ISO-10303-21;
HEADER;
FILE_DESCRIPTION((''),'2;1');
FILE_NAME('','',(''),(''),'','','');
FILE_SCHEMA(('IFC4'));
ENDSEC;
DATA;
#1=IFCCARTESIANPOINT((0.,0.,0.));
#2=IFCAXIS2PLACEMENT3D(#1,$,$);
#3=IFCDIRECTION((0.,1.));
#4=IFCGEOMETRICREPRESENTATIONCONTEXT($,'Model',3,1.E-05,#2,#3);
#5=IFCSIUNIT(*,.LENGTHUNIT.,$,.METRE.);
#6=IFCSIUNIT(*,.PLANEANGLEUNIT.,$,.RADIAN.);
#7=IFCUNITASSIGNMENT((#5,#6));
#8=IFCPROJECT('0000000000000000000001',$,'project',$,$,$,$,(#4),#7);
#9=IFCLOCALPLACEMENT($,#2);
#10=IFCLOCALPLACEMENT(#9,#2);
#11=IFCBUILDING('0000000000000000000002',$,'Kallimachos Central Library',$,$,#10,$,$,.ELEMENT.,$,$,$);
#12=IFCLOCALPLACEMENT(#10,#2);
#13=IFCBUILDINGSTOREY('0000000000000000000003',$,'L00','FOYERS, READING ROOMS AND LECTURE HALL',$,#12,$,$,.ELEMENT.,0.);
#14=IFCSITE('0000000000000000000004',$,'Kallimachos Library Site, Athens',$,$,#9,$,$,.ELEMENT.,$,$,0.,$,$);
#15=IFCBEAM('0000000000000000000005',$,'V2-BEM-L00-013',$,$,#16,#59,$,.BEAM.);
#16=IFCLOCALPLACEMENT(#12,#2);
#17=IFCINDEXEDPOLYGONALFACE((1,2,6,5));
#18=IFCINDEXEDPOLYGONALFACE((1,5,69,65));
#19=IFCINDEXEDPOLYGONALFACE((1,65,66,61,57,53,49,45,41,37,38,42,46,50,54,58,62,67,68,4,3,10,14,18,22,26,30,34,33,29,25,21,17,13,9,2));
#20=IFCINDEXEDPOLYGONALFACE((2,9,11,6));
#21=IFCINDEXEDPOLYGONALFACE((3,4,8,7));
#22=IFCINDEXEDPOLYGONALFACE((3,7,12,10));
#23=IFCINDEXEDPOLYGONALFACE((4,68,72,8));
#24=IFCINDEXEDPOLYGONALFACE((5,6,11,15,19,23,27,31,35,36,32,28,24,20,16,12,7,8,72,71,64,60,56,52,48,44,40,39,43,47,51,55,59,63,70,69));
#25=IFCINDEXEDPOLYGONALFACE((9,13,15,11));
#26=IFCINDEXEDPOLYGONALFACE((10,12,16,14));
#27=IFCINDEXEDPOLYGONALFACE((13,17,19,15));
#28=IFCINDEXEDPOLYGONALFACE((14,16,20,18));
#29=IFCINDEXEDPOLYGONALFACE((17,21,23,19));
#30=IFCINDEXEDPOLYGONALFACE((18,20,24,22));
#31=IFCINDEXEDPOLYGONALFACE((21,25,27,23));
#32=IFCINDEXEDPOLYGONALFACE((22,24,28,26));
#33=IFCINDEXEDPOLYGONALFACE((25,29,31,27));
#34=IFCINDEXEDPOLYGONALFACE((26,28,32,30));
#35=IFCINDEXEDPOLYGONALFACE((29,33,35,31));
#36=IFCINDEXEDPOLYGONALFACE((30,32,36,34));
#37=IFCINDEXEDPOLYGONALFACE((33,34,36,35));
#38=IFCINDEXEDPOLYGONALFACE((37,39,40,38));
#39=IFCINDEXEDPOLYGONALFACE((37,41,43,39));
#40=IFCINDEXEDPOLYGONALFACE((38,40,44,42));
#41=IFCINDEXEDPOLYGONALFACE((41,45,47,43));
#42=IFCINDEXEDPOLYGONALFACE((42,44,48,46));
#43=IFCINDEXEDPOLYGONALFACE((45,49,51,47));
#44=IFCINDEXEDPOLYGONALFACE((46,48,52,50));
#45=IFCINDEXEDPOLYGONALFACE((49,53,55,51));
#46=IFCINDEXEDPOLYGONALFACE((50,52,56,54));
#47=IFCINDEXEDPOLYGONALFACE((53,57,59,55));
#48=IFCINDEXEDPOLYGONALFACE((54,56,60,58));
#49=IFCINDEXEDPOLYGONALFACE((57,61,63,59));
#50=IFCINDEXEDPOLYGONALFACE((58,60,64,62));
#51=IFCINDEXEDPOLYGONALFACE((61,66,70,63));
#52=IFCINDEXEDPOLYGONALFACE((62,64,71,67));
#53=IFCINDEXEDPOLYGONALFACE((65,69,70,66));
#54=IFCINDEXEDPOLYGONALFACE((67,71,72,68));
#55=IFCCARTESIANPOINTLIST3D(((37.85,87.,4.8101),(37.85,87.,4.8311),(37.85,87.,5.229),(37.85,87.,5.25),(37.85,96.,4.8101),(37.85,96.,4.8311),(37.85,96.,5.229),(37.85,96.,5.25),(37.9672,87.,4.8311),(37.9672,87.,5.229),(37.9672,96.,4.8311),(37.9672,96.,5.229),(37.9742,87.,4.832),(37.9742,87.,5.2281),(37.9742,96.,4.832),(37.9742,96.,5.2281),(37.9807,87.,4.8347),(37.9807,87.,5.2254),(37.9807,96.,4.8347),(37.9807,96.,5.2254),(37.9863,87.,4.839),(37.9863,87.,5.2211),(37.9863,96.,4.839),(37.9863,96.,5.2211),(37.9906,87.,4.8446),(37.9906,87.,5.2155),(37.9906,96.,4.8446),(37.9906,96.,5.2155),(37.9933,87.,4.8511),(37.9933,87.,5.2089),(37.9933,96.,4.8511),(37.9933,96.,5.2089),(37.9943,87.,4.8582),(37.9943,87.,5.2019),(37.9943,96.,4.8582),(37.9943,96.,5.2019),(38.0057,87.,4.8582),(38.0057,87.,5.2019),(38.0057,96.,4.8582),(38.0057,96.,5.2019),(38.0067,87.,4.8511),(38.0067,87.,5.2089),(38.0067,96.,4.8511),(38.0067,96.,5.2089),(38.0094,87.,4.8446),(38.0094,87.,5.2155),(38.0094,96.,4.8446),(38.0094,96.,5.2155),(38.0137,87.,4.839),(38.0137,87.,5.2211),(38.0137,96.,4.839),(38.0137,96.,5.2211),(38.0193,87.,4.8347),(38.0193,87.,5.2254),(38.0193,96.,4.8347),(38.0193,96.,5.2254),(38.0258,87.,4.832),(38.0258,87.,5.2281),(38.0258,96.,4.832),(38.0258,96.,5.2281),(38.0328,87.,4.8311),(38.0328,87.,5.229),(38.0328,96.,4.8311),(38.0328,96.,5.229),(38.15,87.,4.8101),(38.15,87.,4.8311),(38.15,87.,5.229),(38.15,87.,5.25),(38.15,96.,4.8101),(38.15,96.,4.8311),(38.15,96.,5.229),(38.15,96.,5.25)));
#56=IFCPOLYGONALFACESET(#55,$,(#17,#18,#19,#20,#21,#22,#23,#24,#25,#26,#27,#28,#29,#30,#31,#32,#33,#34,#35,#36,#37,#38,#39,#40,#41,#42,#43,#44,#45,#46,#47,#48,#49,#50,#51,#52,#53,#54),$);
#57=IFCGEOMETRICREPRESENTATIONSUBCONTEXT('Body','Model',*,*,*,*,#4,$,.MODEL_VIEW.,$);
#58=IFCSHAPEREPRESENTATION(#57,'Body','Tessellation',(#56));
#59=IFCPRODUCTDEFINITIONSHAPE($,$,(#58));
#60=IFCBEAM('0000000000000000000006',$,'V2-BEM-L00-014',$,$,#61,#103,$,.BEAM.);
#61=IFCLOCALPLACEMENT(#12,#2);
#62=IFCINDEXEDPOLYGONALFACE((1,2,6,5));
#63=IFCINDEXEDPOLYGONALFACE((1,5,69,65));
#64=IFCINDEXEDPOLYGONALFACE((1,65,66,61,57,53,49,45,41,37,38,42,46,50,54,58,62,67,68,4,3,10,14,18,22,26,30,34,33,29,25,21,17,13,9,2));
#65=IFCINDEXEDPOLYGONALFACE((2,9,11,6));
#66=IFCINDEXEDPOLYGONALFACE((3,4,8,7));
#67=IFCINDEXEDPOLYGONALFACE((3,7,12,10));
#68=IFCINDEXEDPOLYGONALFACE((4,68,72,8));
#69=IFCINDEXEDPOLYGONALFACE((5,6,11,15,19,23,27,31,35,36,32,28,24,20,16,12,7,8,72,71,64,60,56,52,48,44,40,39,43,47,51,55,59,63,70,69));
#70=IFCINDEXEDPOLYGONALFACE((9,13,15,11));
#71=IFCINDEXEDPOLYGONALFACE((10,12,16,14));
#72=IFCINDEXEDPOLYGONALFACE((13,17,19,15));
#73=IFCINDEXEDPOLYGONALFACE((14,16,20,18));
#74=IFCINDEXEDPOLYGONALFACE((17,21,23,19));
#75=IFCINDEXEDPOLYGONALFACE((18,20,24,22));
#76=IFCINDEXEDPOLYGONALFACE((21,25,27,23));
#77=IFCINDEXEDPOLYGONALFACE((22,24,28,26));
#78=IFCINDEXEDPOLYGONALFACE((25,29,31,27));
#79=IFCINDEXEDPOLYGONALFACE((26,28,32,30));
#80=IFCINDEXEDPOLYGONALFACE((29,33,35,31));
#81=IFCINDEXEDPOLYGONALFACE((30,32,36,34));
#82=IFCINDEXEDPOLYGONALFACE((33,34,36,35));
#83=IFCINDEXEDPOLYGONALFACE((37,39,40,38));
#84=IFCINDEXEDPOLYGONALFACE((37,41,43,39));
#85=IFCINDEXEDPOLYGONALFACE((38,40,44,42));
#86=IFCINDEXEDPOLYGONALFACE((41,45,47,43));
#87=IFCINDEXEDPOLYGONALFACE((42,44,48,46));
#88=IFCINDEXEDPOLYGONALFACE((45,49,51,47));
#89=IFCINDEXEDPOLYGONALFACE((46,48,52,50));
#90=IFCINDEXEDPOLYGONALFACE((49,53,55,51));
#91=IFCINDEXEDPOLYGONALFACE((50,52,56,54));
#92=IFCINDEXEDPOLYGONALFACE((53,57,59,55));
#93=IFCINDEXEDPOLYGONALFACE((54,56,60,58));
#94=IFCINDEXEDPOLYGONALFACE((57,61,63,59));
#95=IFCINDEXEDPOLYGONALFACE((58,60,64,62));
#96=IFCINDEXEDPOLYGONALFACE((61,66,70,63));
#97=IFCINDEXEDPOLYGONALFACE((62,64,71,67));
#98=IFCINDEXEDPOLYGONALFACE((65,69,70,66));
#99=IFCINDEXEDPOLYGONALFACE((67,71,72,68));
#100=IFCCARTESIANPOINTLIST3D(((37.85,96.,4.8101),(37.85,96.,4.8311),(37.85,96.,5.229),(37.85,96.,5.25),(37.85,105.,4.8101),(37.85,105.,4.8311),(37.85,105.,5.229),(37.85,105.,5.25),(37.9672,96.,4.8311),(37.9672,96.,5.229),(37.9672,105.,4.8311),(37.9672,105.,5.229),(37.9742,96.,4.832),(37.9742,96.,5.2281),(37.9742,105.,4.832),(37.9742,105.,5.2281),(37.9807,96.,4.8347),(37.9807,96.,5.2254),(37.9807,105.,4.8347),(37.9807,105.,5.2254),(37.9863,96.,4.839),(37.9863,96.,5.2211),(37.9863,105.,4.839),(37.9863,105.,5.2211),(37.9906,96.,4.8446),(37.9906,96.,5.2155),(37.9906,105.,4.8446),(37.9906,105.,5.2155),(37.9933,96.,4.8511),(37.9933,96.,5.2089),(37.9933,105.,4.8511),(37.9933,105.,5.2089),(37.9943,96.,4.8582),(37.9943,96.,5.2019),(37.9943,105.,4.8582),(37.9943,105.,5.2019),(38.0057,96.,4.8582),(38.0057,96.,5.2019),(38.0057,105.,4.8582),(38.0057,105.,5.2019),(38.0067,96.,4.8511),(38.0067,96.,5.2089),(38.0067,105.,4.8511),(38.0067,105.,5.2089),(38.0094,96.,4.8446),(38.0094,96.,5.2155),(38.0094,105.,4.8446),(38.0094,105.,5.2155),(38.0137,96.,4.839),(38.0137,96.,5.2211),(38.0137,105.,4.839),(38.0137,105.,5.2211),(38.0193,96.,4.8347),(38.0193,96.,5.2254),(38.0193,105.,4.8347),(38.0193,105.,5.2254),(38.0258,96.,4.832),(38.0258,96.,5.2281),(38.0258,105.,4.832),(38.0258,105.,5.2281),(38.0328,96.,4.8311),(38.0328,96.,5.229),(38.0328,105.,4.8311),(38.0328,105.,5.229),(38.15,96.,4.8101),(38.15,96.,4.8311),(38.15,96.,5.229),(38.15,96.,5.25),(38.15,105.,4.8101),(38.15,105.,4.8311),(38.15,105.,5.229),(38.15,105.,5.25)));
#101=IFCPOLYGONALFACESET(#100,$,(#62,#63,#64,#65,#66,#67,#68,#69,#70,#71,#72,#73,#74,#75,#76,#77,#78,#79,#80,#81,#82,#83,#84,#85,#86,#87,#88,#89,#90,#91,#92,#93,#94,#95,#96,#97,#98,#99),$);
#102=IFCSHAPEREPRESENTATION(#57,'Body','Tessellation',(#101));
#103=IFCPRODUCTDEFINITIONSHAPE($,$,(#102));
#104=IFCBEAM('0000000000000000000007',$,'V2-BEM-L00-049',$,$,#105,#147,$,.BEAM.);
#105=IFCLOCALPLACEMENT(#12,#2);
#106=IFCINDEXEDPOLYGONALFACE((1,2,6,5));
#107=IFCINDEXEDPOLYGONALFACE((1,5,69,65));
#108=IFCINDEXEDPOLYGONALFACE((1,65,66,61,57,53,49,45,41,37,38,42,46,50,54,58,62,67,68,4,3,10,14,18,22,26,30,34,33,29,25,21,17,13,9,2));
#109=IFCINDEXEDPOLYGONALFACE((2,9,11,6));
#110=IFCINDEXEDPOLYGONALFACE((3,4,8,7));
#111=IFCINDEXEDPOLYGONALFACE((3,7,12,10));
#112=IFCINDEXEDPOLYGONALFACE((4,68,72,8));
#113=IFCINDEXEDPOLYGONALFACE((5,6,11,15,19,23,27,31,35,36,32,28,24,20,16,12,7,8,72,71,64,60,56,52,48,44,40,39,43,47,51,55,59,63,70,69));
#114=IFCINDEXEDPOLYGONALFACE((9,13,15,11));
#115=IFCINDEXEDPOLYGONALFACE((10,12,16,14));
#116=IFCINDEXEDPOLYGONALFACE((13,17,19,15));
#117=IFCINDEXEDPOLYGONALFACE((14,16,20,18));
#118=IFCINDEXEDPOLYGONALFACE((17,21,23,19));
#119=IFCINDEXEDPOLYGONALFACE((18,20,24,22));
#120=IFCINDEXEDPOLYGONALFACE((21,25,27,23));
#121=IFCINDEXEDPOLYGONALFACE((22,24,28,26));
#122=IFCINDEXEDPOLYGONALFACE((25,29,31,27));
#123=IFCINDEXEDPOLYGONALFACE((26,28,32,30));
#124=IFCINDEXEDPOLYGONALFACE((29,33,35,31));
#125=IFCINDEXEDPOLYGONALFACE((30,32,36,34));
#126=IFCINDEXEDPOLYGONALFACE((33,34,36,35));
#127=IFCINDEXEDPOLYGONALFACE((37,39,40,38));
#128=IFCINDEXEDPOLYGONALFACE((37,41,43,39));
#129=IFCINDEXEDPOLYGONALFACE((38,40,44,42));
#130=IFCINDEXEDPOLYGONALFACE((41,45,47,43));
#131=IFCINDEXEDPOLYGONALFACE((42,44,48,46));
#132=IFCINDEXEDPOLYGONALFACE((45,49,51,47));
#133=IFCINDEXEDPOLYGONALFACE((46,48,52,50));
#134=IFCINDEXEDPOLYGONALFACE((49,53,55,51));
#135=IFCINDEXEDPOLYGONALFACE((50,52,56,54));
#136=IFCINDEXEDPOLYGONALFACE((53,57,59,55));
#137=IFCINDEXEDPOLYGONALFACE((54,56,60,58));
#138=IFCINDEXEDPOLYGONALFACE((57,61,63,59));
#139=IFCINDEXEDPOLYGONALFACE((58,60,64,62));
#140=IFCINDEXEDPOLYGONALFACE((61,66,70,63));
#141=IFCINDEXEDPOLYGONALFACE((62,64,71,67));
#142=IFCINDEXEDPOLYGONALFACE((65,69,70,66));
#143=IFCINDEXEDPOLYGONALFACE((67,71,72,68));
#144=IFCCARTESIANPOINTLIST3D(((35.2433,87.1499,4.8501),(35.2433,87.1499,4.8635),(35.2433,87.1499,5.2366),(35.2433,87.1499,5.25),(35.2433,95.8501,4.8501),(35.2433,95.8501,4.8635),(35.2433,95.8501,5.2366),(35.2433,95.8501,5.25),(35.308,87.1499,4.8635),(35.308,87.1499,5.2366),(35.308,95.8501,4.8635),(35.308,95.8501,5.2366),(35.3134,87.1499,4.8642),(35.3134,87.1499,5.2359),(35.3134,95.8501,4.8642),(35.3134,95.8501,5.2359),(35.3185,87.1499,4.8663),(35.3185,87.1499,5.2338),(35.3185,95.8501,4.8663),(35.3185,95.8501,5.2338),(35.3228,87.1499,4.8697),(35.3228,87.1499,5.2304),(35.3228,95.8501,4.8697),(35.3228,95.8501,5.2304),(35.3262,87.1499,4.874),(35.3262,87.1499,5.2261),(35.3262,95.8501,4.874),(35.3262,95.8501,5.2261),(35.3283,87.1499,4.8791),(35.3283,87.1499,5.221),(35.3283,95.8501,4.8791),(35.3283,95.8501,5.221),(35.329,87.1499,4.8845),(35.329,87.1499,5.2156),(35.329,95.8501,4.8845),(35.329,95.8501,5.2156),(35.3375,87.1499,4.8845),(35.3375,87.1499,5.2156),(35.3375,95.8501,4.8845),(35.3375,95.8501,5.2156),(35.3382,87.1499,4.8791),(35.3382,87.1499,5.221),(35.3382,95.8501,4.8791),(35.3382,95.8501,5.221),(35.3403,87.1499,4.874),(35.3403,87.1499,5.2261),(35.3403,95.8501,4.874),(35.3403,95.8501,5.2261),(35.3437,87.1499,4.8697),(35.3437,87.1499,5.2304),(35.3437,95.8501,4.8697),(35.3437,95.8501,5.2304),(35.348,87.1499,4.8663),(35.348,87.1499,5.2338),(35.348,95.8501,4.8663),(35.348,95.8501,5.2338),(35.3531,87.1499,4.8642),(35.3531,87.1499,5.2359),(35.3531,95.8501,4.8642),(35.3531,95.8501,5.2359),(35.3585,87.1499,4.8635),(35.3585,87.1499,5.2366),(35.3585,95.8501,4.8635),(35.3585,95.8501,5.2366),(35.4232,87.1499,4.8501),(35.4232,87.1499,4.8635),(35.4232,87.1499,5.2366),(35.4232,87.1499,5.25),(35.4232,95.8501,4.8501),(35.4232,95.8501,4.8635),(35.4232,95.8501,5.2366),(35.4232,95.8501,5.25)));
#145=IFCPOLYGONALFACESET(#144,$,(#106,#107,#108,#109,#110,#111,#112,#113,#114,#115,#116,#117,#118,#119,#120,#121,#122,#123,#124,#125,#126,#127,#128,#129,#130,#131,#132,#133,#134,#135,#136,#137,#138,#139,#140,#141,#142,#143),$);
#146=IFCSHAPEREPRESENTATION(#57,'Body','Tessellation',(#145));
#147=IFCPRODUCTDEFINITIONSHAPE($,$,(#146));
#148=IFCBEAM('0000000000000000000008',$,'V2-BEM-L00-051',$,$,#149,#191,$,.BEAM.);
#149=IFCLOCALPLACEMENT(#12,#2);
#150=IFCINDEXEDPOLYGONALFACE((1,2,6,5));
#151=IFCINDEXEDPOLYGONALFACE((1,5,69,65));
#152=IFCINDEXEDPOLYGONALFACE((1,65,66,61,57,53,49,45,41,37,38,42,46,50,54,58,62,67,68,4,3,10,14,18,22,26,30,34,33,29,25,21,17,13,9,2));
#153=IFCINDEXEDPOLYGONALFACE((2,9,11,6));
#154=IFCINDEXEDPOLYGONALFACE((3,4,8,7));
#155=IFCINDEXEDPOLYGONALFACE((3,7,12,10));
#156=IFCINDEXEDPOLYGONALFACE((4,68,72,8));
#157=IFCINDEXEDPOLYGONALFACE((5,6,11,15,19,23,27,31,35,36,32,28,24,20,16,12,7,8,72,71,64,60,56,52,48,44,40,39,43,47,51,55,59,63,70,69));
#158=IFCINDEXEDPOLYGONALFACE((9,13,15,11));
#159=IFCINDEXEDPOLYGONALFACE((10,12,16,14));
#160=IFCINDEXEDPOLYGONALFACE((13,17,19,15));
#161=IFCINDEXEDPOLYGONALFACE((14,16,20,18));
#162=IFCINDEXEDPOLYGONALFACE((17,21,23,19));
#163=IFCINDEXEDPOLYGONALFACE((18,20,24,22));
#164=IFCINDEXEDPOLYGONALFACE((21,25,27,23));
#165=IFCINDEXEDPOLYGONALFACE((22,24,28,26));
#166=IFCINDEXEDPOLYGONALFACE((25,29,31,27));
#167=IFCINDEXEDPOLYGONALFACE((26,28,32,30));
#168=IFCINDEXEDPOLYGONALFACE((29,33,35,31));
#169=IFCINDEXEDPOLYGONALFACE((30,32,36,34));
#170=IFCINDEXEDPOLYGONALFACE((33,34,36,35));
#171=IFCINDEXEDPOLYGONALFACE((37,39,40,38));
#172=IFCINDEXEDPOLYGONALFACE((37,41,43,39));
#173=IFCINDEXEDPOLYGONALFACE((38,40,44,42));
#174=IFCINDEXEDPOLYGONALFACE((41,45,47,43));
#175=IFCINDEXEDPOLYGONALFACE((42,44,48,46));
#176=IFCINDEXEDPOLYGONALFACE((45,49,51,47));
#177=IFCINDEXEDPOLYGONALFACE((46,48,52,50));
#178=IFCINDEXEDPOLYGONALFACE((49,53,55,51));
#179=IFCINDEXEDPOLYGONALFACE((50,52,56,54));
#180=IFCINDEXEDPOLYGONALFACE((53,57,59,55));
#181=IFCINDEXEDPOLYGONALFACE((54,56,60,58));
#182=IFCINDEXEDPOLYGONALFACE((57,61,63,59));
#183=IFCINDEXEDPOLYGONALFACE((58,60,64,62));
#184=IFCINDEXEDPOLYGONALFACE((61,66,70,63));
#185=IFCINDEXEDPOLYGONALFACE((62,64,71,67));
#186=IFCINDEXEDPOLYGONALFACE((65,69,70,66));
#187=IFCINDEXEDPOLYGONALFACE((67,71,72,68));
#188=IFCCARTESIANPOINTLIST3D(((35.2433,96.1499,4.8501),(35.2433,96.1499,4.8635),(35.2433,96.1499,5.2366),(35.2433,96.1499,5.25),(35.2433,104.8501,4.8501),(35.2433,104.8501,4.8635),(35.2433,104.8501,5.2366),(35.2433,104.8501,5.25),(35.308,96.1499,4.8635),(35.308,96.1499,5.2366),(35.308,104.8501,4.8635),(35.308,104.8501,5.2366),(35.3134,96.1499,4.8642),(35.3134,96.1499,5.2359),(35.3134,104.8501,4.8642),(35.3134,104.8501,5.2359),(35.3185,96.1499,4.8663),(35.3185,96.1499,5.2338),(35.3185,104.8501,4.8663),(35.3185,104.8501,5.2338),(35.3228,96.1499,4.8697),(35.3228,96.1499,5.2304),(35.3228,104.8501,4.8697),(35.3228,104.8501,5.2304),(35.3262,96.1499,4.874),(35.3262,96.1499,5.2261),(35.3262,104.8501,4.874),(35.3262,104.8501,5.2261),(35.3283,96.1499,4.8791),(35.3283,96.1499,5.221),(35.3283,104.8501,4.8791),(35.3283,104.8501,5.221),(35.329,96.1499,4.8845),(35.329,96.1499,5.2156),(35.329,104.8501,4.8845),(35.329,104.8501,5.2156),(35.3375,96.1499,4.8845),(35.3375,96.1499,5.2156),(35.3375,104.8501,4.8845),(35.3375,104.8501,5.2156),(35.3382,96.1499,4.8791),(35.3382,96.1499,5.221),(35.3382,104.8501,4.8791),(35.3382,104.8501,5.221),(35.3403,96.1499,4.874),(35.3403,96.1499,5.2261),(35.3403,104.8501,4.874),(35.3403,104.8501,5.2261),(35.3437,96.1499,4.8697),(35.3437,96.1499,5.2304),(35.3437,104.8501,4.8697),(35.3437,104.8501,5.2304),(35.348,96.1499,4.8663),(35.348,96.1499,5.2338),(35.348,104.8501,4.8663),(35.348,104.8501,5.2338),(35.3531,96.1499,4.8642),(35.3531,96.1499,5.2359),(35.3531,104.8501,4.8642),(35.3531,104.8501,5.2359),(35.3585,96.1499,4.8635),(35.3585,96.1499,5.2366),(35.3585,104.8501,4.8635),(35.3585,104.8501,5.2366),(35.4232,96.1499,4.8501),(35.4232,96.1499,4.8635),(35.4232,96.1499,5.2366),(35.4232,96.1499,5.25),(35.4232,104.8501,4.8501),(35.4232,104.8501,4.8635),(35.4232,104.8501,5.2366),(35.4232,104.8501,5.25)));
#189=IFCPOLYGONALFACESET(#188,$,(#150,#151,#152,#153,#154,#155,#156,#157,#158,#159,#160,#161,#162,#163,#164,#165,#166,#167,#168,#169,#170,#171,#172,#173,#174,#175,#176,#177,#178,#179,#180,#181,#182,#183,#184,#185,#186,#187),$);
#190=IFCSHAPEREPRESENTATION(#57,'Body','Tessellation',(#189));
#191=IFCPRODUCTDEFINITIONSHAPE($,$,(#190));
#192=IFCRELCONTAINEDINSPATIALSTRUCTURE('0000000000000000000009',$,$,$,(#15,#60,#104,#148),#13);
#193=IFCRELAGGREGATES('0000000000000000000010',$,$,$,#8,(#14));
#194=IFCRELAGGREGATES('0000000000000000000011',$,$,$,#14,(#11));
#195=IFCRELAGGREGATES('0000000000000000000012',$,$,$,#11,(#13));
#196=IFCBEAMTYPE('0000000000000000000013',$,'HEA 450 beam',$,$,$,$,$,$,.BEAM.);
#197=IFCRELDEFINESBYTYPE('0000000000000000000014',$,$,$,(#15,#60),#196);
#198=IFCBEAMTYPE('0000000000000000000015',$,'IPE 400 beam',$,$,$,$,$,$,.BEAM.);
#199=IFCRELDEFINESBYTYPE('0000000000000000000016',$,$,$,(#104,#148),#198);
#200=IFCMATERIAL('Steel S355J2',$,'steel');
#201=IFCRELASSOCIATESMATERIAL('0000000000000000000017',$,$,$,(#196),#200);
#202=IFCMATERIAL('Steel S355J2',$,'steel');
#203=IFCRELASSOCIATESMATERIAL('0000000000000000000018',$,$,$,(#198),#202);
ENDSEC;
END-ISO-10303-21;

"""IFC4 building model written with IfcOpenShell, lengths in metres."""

from ifc_helpers import new_model, si_unit, direction, frame, origin, origin_2d, place, context, subcontext, project, spatial, i_section, extrude, material, material_profile, profile_set, type_object, element, save


model = new_model("IFC4")

# Units and contexts
model_context = context("Model", 3, precision=1e-05, world=origin(), true_north=direction((0.0, 1.0)))
body_context = subcontext(model_context, "Body", "Model", "MODEL_VIEW")
ifc_project = project(units=[si_unit("LENGTHUNIT", "METRE"), si_unit("PLANEANGLEUNIT", "RADIAN")], contexts=[model_context])

# Site, building, storey
site_placement = place(None, origin())
site = spatial("IfcSite", under=ifc_project, at=site_placement, Name="Kallimachos Library Site, Athens", CompositionType="ELEMENT", RefElevation=0.0)
building_placement = place(site_placement, origin())
building = spatial("IfcBuilding", under=site, at=building_placement, Name="Kallimachos Central Library", CompositionType="ELEMENT")
storey_placement = place(building_placement, origin())
storey = spatial("IfcBuildingStorey", under=building, at=storey_placement, Name="L00", Description="FOYERS, READING ROOMS AND LECTURE HALL", CompositionType="ELEMENT", Elevation=0.0)

# Beams
ifc_material_1 = material(Name="Steel S355J2", Category="steel")
ifc_material_profile_1 = material_profile(ifc_material_1, i_section(OverallWidth=0.3, OverallDepth=0.4399, WebThickness=0.0115, FlangeThickness=0.021, FilletRadius=0.0271, at=origin_2d()), Name="HEA 450")
ifc_profile_set_1 = profile_set([ifc_material_profile_1], Name="Steel S355J2")
beam_type_1 = type_object("IfcBeamType", Name="HEA 450 beam", PredefinedType="BEAM", material=ifc_profile_set_1)
for number, where, z_axis, x_axis, name in (
    (1, (38.0, 87.0, 5.03), (0.0, 1.0, 0.0), (-1.0, 0.0, 0.0), "V2-BEM-L00-013"),
    (2, (38.0, 96.0, 5.03), (0.0, 1.0, 0.0), (-1.0, 0.0, 0.0), "V2-BEM-L00-014"),
):
    element("IfcBeam", number, at=place(storey_placement, frame(where, z_axis=z_axis, x_axis=x_axis)), inside=storey, type_object=beam_type_1, Name=name, PredefinedType="BEAM", context=body_context, shape_type="SweptSolid", body=[
        extrude(i_section(OverallWidth=0.3, OverallDepth=0.4399, WebThickness=0.0115, FlangeThickness=0.021, FilletRadius=0.0271, at=origin_2d()), origin(), (0.0, 0.0, 1.0), 9.0),
    ])
ifc_material_2 = material(Name="Steel S355J2", Category="steel")
ifc_material_profile_2 = material_profile(ifc_material_2, i_section(OverallWidth=0.1799, OverallDepth=0.3999, WebThickness=0.0085, FlangeThickness=0.0134, FilletRadius=0.021, at=origin_2d()), Name="IPE 400")
ifc_profile_set_2 = profile_set([ifc_material_profile_2], Name="Steel S355J2")
beam_type_2 = type_object("IfcBeamType", Name="IPE 400 beam", PredefinedType="BEAM", material=ifc_profile_set_2)
for number, where, z_axis, x_axis, name in (
    (3, (35.3333, 87.1499, 5.05), (0.0, 1.0, 0.0), (-1.0, 0.0, 0.0), "V2-BEM-L00-049"),
    (4, (35.3333, 96.1499, 5.05), (0.0, 1.0, 0.0), (-1.0, 0.0, 0.0), "V2-BEM-L00-051"),
):
    element("IfcBeam", number, at=place(storey_placement, frame(where, z_axis=z_axis, x_axis=x_axis)), inside=storey, type_object=beam_type_2, Name=name, PredefinedType="BEAM", context=body_context, shape_type="SweptSolid", body=[
        extrude(i_section(OverallWidth=0.1799, OverallDepth=0.3999, WebThickness=0.0085, FlangeThickness=0.0134, FilletRadius=0.021, at=origin_2d()), origin(), (0.0, 0.0, 1.0), 8.7002),
    ])

save(model, "model.ifc")
